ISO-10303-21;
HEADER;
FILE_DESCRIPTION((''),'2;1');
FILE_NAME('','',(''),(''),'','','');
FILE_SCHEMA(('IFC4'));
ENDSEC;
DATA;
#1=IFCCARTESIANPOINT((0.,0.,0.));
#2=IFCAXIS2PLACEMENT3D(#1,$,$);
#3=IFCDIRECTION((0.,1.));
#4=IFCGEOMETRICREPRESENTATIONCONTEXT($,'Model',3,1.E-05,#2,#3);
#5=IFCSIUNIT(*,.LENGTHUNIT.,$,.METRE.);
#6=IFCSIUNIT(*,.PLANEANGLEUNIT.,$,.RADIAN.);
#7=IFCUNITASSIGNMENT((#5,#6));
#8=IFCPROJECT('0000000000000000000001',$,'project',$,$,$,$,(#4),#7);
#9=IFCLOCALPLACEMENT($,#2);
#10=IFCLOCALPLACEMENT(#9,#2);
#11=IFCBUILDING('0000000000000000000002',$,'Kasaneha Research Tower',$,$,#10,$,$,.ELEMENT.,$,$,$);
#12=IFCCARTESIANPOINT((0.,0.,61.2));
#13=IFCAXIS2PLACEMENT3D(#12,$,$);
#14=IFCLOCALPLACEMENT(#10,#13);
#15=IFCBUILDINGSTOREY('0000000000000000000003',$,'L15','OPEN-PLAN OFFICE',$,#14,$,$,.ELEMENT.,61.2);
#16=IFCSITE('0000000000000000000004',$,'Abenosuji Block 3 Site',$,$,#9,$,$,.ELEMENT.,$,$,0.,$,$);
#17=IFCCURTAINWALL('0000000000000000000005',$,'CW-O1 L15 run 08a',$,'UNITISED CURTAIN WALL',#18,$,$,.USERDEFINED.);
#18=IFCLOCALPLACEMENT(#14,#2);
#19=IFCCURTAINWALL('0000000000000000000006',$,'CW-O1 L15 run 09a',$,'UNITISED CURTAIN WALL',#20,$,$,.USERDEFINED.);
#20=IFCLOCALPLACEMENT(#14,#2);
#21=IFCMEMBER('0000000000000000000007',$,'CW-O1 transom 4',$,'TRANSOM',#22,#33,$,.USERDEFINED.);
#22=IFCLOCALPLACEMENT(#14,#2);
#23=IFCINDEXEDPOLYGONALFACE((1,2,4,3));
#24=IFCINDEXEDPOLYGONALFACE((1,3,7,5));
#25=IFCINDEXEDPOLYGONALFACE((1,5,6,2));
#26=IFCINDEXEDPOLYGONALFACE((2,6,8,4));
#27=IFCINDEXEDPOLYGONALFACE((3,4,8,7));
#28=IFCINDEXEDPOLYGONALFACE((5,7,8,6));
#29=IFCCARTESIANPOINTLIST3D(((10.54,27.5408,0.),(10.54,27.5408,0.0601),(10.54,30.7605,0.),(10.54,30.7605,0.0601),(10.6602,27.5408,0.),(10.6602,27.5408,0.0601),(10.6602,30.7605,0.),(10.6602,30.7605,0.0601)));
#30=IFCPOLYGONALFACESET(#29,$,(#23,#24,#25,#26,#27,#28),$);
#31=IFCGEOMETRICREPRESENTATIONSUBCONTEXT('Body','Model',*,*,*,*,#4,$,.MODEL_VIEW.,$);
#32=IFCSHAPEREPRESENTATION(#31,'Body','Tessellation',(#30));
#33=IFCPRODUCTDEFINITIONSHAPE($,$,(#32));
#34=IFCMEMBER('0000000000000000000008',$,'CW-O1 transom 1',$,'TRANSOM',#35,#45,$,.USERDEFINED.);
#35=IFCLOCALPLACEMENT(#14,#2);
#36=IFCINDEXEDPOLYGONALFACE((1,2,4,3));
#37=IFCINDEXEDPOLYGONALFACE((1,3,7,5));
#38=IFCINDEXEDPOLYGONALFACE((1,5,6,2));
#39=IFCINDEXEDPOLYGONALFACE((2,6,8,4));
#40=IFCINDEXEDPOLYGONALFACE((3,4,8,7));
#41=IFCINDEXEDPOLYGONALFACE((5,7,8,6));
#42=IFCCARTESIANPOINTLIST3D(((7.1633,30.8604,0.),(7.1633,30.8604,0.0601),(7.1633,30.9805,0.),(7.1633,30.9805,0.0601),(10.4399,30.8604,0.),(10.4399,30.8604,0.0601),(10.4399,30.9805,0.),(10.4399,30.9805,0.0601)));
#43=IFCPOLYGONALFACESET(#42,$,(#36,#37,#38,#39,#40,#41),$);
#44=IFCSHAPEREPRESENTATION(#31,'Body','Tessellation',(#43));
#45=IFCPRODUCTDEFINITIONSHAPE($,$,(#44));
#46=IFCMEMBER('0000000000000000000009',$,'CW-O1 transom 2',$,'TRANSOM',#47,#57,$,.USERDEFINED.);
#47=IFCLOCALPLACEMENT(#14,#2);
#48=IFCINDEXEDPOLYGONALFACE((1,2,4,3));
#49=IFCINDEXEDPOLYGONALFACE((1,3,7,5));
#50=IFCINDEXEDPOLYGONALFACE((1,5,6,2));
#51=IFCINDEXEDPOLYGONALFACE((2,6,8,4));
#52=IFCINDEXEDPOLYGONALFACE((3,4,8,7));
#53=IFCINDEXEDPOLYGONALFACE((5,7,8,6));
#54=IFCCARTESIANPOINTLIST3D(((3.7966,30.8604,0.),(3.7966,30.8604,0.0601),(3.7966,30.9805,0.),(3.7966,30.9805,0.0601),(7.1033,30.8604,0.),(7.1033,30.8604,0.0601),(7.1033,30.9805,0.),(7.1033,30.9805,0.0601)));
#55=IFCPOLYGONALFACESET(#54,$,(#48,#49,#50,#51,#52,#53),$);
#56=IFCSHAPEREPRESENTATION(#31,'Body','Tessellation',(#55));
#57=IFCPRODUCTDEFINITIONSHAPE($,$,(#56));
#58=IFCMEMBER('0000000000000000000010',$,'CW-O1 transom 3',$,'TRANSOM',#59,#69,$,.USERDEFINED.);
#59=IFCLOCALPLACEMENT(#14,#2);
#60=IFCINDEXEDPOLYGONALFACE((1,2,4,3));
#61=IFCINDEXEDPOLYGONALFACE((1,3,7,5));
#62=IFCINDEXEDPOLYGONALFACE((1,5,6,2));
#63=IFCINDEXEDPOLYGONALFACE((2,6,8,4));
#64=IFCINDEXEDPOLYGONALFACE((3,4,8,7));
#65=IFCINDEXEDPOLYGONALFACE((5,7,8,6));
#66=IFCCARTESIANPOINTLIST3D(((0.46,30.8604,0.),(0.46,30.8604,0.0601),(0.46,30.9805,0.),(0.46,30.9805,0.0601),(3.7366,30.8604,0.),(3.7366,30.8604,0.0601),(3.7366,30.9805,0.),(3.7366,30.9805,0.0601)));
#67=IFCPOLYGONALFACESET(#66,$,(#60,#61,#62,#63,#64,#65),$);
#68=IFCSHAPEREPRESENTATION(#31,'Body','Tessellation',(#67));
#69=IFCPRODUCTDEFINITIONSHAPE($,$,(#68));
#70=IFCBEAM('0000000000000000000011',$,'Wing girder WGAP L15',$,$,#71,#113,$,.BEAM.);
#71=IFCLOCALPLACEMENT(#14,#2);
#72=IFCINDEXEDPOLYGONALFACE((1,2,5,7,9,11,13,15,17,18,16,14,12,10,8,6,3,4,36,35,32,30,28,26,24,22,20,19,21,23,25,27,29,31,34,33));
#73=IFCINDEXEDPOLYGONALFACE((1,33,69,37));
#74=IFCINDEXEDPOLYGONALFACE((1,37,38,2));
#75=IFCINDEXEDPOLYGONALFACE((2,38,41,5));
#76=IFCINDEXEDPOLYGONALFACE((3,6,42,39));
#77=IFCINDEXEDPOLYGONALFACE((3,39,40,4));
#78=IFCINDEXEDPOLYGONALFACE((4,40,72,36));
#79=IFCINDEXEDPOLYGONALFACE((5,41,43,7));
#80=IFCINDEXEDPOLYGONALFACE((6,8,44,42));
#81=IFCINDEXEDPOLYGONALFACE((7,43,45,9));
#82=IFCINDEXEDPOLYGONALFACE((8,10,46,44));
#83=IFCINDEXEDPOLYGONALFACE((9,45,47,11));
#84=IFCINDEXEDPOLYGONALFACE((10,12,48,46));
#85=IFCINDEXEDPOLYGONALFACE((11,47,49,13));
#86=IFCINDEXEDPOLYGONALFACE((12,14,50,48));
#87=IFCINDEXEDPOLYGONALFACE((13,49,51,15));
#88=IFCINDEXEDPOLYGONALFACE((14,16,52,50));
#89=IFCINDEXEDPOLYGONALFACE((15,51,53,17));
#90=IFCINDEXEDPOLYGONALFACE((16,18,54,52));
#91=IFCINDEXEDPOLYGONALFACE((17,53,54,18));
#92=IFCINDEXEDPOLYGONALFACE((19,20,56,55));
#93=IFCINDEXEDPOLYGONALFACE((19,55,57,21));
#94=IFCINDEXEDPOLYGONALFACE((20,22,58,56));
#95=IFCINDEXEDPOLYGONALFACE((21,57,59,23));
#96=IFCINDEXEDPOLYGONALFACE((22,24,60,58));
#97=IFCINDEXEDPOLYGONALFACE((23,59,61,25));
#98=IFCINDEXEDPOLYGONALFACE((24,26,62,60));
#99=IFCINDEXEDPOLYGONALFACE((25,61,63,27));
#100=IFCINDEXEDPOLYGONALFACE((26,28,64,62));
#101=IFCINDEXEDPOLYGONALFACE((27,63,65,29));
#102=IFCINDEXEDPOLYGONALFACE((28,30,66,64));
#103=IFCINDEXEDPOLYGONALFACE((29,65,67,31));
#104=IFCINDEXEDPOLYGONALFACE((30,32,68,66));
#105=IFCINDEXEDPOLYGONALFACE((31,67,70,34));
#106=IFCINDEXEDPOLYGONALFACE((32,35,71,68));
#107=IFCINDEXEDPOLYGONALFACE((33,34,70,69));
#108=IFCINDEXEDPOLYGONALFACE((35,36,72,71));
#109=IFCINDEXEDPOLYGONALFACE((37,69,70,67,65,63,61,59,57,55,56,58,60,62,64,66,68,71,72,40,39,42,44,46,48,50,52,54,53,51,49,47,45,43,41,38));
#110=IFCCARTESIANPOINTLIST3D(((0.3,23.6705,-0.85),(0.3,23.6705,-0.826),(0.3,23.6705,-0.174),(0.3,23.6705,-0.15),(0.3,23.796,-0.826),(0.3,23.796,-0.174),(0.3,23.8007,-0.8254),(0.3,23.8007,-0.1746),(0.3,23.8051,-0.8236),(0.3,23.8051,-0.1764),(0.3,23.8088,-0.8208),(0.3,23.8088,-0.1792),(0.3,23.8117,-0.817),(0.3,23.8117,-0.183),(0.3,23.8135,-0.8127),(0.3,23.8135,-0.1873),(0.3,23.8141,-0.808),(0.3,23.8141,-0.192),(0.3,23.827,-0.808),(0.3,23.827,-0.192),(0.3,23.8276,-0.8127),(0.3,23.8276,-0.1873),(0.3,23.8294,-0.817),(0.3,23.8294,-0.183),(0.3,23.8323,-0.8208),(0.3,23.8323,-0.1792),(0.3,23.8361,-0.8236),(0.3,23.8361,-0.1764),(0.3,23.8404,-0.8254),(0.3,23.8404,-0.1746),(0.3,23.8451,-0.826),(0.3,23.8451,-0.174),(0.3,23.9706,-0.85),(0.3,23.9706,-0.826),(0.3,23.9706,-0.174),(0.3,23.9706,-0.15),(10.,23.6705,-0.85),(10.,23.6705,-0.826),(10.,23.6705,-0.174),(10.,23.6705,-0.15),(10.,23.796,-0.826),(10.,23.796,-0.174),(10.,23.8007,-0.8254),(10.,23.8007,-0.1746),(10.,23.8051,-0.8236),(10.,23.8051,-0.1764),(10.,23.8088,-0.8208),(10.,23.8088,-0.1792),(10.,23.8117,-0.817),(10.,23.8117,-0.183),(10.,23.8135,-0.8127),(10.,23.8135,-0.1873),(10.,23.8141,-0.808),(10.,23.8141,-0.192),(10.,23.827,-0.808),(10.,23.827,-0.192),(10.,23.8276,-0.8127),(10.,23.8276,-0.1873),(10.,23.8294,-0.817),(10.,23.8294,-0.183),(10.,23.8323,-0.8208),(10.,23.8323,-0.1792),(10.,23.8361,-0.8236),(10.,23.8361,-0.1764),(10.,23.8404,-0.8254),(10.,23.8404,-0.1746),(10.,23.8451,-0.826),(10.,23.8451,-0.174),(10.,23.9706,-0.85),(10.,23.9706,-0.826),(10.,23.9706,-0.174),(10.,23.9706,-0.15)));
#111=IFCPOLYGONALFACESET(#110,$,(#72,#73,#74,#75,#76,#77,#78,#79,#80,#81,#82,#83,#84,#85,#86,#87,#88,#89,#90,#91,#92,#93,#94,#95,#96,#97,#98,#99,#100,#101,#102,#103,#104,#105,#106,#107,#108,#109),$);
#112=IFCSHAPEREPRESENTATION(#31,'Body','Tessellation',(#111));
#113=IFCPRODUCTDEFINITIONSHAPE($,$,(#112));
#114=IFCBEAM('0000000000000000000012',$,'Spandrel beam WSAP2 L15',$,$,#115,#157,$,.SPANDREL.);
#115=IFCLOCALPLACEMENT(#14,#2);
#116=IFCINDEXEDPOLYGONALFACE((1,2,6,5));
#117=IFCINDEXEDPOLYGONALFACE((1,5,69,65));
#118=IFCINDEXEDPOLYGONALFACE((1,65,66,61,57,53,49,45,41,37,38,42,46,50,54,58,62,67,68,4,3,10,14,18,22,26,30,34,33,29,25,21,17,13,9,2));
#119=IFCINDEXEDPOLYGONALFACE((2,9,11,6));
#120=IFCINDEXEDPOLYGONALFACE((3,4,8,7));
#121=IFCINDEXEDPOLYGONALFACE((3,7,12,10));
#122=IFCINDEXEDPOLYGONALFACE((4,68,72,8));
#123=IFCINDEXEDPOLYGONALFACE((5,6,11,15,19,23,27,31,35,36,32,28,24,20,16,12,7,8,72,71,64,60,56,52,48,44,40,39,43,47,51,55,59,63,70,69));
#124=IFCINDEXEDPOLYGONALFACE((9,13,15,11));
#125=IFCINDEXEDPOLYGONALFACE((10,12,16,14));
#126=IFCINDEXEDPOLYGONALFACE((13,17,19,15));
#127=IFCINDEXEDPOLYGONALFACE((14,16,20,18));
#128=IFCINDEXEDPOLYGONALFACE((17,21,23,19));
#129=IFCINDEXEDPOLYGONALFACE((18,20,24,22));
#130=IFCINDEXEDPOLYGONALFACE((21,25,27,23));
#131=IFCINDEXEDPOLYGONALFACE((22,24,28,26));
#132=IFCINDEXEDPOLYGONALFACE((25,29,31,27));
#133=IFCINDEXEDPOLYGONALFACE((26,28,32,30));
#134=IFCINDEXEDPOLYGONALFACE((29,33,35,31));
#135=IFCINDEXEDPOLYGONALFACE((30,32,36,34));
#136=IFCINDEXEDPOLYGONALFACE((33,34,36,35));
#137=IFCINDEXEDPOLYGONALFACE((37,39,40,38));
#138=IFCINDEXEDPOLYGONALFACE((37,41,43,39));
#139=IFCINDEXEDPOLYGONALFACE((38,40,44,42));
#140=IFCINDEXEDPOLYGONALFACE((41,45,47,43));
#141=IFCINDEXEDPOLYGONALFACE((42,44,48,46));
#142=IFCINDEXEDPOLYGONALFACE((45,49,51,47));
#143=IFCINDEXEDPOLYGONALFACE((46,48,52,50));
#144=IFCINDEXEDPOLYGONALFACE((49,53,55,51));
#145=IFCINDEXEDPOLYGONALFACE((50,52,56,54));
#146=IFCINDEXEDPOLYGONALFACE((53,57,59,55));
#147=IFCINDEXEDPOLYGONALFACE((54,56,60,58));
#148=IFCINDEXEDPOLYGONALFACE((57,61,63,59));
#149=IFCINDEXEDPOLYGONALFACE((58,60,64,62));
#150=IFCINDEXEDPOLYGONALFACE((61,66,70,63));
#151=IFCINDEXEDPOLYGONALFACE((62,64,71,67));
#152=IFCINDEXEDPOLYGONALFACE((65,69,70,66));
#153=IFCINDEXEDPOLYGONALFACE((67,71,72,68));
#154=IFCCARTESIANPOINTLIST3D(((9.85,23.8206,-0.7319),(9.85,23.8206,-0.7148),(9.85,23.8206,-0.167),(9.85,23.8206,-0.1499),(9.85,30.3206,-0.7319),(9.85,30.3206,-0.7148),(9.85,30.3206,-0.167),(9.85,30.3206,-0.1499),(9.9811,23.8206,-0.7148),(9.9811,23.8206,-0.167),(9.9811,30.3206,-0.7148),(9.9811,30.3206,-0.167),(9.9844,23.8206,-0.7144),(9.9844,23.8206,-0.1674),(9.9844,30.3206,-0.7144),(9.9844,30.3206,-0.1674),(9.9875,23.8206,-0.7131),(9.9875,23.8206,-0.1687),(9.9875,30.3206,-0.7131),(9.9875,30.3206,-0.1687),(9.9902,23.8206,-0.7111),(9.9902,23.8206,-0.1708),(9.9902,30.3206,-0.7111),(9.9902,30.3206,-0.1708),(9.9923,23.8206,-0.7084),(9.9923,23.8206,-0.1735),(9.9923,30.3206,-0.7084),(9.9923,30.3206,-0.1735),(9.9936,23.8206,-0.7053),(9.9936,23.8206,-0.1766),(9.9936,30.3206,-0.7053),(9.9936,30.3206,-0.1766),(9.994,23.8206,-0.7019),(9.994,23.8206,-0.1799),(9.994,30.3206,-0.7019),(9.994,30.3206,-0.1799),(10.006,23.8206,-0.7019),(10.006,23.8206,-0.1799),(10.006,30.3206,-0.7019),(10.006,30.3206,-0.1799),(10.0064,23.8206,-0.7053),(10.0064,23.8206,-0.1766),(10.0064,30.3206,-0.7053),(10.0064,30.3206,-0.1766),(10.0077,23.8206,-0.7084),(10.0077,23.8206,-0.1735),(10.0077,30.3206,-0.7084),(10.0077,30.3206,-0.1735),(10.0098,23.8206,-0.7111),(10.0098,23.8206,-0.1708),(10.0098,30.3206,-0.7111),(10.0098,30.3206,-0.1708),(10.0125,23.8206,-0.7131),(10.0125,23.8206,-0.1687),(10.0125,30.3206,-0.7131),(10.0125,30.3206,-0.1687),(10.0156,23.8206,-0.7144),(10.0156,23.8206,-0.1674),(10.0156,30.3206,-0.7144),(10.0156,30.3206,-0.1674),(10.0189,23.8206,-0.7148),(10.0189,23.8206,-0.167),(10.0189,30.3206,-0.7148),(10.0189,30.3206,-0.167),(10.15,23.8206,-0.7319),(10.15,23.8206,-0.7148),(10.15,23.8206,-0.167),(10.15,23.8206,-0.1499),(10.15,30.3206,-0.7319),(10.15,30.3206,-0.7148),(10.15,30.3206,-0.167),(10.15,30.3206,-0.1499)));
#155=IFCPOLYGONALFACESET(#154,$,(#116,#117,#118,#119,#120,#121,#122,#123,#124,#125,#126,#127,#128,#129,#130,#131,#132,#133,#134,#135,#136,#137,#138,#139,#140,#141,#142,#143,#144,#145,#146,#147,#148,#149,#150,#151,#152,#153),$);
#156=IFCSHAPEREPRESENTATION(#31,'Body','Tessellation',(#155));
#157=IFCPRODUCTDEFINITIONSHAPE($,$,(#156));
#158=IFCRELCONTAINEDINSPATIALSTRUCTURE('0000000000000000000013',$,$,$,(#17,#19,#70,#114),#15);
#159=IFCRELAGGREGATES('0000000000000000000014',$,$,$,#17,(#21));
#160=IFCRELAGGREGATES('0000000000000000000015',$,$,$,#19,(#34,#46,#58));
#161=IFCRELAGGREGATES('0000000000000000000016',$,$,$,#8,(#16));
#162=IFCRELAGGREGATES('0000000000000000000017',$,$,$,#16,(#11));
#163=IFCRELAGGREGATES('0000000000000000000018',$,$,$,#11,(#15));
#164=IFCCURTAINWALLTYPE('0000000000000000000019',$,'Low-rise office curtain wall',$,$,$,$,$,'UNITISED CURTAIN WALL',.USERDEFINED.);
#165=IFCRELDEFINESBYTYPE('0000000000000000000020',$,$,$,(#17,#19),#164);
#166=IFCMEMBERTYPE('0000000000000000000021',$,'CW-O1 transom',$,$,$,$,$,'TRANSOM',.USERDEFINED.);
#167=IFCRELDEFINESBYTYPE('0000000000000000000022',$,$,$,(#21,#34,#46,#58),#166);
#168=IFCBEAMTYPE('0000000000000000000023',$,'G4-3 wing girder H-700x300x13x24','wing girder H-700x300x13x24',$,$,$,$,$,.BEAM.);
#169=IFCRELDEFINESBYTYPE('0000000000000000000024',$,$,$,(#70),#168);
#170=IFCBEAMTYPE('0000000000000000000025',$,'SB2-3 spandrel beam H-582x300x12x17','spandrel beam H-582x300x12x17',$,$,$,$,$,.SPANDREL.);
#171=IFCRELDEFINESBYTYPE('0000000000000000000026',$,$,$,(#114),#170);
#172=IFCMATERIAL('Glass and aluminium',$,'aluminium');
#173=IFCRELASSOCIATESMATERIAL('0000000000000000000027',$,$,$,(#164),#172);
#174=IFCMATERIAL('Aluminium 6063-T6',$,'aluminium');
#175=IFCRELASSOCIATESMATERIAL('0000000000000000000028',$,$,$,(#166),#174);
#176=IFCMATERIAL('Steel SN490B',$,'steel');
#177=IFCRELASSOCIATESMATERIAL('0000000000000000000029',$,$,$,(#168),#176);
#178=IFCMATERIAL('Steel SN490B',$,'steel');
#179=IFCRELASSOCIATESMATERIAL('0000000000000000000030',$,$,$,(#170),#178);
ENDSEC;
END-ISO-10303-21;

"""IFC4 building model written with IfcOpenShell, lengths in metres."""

from ifc_helpers import new_model, si_unit, direction, frame, origin, origin_2d, place, context, subcontext, project, spatial, rectangle, i_section, extrude, material, material_profile, profile_set, type_object, element, aggregate, save


model = new_model("IFC4")

# Units and contexts
model_context = context("Model", 3, precision=1e-05, world=origin(), true_north=direction((0.0, 1.0)))
body_context = subcontext(model_context, "Body", "Model", "MODEL_VIEW")
ifc_project = project(units=[si_unit("LENGTHUNIT", "METRE"), si_unit("PLANEANGLEUNIT", "RADIAN")], contexts=[model_context])

# Site, building, storey
site_placement = place(None, origin())
site = spatial("IfcSite", under=ifc_project, at=site_placement, Name="Abenosuji Block 3 Site", CompositionType="ELEMENT", RefElevation=0.0)
building_placement = place(site_placement, origin())
building = spatial("IfcBuilding", under=site, at=building_placement, Name="Kasaneha Research Tower", CompositionType="ELEMENT")
storey_placement = place(building_placement, frame((0.0, 0.0, 61.2)))
storey = spatial("IfcBuildingStorey", under=building, at=storey_placement, Name="L15", Description="OPEN-PLAN OFFICE", CompositionType="ELEMENT", Elevation=61.2)

# Curtain walls
ifc_material_1 = material(Name="Glass and aluminium", Category="aluminium")
curtain_wall_type = type_object("IfcCurtainWallType", Name="Low-rise office curtain wall", ElementType="UNITISED CURTAIN WALL", PredefinedType="USERDEFINED", material=ifc_material_1)
curtain_wall_1_placement = place(storey_placement, origin())
curtain_wall_1 = element("IfcCurtainWall", 1, at=curtain_wall_1_placement, inside=storey, type_object=curtain_wall_type, Name="CW-O1 L15 run 08a", ObjectType="UNITISED CURTAIN WALL", PredefinedType="USERDEFINED")
curtain_wall_2_placement = place(storey_placement, origin())
curtain_wall_2 = element("IfcCurtainWall", 2, at=curtain_wall_2_placement, inside=storey, type_object=curtain_wall_type, Name="CW-O1 L15 run 09a", ObjectType="UNITISED CURTAIN WALL", PredefinedType="USERDEFINED")

# Members
ifc_material_2 = material(Name="Aluminium 6063-T6", Category="aluminium")
ifc_material_profile_1 = material_profile(ifc_material_2, rectangle(XDim=0.1201, YDim=0.0601, at=origin_2d()), Name="CW-O1 transom 120x60")
ifc_profile_set_1 = profile_set([ifc_material_profile_1], Name="Aluminium 6063-T6")
member_type_1 = type_object("IfcMemberType", Name="CW-O1 transom", ElementType="TRANSOM", PredefinedType="USERDEFINED", material=ifc_profile_set_1)
member_1_placement = place(storey_placement, frame((10.6001, 27.5408, 0.03), z_axis=(0.0, 1.0, 0.0), x_axis=(-1.0, 0.0, 0.0)))
member_1 = element("IfcMember", 3, at=member_1_placement, type_object=member_type_1, Name="CW-O1 transom 4", ObjectType="TRANSOM", PredefinedType="USERDEFINED", context=body_context, shape_type="SweptSolid", body=[
    extrude(rectangle(XDim=0.1201, YDim=0.0601, at=origin_2d()), origin(), (0.0, 0.0, 1.0), 3.2197),
])
member_2_placement = place(storey_placement, frame((10.4399, 30.9204, 0.03), z_axis=(-1.0, 0.0, 0.0), x_axis=(0.0, -1.0, 0.0)))
member_2 = element("IfcMember", 4, at=member_2_placement, type_object=member_type_1, Name="CW-O1 transom 1", ObjectType="TRANSOM", PredefinedType="USERDEFINED", context=body_context, shape_type="SweptSolid", body=[
    extrude(rectangle(XDim=0.1201, YDim=0.0601, at=origin_2d()), origin(), (0.0, 0.0, 1.0), 3.2766),
])
member_3_placement = place(storey_placement, frame((7.1033, 30.9204, 0.03), z_axis=(-1.0, 0.0, 0.0), x_axis=(0.0, -1.0, 0.0)))
member_3 = element("IfcMember", 5, at=member_3_placement, type_object=member_type_1, Name="CW-O1 transom 2", ObjectType="TRANSOM", PredefinedType="USERDEFINED", context=body_context, shape_type="SweptSolid", body=[
    extrude(rectangle(XDim=0.1201, YDim=0.0601, at=origin_2d()), origin(), (0.0, 0.0, 1.0), 3.3066),
])
member_4_placement = place(storey_placement, frame((3.7366, 30.9204, 0.03), z_axis=(-1.0, 0.0, 0.0), x_axis=(0.0, -1.0, 0.0)))
member_4 = element("IfcMember", 6, at=member_4_placement, type_object=member_type_1, Name="CW-O1 transom 3", ObjectType="TRANSOM", PredefinedType="USERDEFINED", context=body_context, shape_type="SweptSolid", body=[
    extrude(rectangle(XDim=0.1201, YDim=0.0601, at=origin_2d()), origin(), (0.0, 0.0, 1.0), 3.2766),
])

# Beams
ifc_material_3 = material(Name="Steel SN490B", Category="steel")
ifc_material_profile_2 = material_profile(ifc_material_3, i_section(OverallWidth=0.3, OverallDepth=0.7, WebThickness=0.0129, FlangeThickness=0.0239, FilletRadius=0.0181, at=origin_2d()), Name="H-700x300x13x24")
ifc_profile_set_2 = profile_set([ifc_material_profile_2], Name="Steel SN490B")
beam_type_1 = type_object("IfcBeamType", Name="G4-3 wing girder H-700x300x13x24", Description="wing girder H-700x300x13x24", PredefinedType="BEAM", material=ifc_profile_set_2)
beam_1_placement = place(storey_placement, frame((10.0, 23.8206, -0.5), z_axis=(-1.0, 0.0, 0.0), x_axis=(0.0, -1.0, 0.0)))
element("IfcBeam", 7, at=beam_1_placement, inside=storey, type_object=beam_type_1, Name="Wing girder WGAP L15", PredefinedType="BEAM", context=body_context, shape_type="SweptSolid", body=[
    extrude(i_section(OverallWidth=0.3, OverallDepth=0.7, WebThickness=0.0129, FlangeThickness=0.0239, FilletRadius=0.0181, at=origin_2d()), origin(), (0.0, 0.0, 1.0), 9.7),
])
ifc_material_4 = material(Name="Steel SN490B", Category="steel")
ifc_material_profile_3 = material_profile(ifc_material_4, i_section(OverallWidth=0.3, OverallDepth=0.582, WebThickness=0.012, FlangeThickness=0.0171, FilletRadius=0.0129, at=origin_2d()), Name="H-582x300x12x17")
ifc_profile_set_3 = profile_set([ifc_material_profile_3], Name="Steel SN490B")
beam_type_2 = type_object("IfcBeamType", Name="SB2-3 spandrel beam H-582x300x12x17", Description="spandrel beam H-582x300x12x17", PredefinedType="SPANDREL", material=ifc_profile_set_3)
beam_2_placement = place(storey_placement, frame((10.0, 23.8206, -0.4409), z_axis=(0.0, 1.0, 0.0), x_axis=(-1.0, 0.0, 0.0)))
element("IfcBeam", 8, at=beam_2_placement, inside=storey, type_object=beam_type_2, Name="Spandrel beam WSAP2 L15", PredefinedType="SPANDREL", context=body_context, shape_type="SweptSolid", body=[
    extrude(i_section(OverallWidth=0.3, OverallDepth=0.582, WebThickness=0.012, FlangeThickness=0.0171, FilletRadius=0.0129, at=origin_2d()), origin(), (0.0, 0.0, 1.0), 6.5),
])

aggregate(curtain_wall_1, [member_1])
aggregate(curtain_wall_2, [member_2, member_3, member_4])

save(model, "model.ifc")
